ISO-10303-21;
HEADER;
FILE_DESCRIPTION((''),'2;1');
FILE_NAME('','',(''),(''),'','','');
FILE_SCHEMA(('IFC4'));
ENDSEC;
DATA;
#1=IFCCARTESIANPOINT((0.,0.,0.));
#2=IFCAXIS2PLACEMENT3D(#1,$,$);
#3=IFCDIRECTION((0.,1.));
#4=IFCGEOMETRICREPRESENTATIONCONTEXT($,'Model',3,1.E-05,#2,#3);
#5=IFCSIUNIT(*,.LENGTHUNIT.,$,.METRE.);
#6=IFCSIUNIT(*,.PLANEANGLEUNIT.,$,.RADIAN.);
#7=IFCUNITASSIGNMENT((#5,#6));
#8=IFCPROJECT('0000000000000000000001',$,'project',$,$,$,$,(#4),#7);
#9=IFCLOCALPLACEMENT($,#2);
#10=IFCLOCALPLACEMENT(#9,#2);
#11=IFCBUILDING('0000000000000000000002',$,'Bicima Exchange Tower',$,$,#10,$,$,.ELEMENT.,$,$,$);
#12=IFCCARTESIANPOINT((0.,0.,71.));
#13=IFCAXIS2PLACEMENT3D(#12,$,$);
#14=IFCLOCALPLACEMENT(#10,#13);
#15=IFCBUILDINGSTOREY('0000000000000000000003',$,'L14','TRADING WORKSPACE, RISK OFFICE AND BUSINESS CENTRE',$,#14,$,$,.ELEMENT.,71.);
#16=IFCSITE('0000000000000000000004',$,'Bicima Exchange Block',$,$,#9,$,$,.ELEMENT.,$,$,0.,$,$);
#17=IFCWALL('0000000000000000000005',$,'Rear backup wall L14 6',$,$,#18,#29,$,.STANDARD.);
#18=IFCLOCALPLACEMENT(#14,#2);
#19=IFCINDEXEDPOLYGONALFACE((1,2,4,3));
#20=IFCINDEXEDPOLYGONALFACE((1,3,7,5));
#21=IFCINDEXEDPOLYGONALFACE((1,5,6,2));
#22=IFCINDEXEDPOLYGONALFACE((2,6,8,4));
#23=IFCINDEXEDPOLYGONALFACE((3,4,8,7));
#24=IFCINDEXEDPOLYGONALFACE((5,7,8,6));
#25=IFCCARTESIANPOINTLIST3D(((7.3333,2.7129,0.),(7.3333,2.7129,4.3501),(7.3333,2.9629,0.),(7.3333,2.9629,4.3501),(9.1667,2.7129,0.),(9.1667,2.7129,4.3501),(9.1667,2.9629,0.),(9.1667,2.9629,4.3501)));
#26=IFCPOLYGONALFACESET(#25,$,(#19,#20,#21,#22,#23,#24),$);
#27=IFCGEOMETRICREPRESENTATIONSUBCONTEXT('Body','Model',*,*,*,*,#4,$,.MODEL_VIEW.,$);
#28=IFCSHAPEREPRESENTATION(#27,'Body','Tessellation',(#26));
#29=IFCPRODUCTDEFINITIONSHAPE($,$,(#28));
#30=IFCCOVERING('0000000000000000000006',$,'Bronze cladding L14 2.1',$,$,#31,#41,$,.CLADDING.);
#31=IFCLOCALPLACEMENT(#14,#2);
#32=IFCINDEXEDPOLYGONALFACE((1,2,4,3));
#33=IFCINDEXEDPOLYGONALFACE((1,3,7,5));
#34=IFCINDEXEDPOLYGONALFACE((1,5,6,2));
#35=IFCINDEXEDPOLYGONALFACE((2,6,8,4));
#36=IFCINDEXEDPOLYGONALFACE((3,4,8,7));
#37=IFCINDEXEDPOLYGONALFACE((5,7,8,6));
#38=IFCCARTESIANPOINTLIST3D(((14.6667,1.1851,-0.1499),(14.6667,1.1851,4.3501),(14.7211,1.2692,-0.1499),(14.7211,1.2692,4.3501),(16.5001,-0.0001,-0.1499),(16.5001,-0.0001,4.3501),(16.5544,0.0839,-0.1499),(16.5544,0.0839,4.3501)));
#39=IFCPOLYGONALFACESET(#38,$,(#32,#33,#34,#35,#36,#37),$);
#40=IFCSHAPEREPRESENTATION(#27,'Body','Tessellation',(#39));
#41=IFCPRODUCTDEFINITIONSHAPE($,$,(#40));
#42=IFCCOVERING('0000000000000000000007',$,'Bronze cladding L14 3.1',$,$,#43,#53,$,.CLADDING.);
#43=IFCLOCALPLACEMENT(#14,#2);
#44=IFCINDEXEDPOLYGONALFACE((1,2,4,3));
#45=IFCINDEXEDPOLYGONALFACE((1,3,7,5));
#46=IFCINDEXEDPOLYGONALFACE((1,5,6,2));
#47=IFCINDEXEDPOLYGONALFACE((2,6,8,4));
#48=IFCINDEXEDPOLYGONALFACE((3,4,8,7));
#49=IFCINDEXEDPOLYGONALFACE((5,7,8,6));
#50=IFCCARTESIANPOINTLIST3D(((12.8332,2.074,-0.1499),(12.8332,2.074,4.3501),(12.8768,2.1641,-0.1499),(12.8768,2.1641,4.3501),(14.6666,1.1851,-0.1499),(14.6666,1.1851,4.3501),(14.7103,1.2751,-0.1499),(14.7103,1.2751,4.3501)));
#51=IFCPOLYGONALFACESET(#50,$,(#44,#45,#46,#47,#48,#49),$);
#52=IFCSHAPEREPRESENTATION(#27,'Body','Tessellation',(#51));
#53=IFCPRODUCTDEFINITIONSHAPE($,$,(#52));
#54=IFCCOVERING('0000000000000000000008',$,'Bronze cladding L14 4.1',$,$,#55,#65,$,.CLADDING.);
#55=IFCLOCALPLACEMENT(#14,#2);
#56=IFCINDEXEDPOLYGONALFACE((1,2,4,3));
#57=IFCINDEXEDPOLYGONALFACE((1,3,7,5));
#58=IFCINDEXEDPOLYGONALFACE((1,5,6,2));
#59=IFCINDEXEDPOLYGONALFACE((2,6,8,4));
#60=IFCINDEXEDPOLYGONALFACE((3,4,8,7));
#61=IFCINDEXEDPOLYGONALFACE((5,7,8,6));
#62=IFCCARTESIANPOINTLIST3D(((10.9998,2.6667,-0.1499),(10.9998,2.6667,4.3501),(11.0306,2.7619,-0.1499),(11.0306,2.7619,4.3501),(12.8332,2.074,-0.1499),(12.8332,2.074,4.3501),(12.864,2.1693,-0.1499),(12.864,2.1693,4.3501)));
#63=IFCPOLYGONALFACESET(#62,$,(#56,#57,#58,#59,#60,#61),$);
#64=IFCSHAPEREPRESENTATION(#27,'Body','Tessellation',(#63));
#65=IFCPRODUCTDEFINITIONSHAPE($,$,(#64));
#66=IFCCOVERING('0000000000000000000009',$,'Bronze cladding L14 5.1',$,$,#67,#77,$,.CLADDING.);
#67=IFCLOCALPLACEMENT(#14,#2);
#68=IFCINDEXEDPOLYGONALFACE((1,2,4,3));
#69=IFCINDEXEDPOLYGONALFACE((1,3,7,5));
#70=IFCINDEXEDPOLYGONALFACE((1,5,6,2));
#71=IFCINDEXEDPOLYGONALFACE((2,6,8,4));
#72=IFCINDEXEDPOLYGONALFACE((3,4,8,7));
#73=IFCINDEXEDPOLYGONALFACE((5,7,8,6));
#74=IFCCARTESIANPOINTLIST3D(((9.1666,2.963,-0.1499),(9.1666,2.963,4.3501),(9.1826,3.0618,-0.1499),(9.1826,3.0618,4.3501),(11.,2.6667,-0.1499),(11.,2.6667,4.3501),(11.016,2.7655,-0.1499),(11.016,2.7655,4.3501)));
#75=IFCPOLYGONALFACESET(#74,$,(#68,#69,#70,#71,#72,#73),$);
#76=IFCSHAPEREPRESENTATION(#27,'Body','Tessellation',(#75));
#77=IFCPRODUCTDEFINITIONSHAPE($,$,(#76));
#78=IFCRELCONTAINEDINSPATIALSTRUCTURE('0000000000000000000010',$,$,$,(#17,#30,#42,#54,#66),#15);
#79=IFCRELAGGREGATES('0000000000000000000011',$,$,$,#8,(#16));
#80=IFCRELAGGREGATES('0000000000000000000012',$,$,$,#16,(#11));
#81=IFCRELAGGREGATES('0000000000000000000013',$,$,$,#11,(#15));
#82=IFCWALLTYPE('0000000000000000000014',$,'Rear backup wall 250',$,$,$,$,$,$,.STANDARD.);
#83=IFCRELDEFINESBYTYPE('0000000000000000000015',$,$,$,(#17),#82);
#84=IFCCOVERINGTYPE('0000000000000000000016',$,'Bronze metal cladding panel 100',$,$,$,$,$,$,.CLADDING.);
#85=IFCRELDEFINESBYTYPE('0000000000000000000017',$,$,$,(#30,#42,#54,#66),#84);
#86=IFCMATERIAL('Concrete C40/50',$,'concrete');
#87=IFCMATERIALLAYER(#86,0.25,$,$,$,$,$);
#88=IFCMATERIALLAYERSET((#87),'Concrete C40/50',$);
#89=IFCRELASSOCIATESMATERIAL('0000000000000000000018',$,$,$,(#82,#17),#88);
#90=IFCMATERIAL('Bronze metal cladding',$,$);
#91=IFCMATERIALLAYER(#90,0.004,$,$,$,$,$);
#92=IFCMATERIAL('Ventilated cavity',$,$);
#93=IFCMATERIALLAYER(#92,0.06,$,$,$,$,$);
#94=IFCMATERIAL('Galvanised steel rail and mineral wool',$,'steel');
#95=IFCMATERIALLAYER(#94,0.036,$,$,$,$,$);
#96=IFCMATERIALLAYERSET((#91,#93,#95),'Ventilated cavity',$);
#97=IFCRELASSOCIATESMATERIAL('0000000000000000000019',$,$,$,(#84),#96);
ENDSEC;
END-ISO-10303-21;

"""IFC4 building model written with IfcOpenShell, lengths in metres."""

from ifc_helpers import new_model, si_unit, direction, frame, frame_2d, origin, origin_2d, place, context, subcontext, project, spatial, rectangle, extrude, material, layer, layer_set, layer_usage, type_object, element, save


model = new_model("IFC4")

# Units and contexts
model_context = context("Model", 3, precision=1e-05, world=origin(), true_north=direction((0.0, 1.0)))
body_context = subcontext(model_context, "Body", "Model", "MODEL_VIEW")
ifc_project = project(units=[si_unit("LENGTHUNIT", "METRE"), si_unit("PLANEANGLEUNIT", "RADIAN")], contexts=[model_context])

# Site, building, storey
site_placement = place(None, origin())
site = spatial("IfcSite", under=ifc_project, at=site_placement, Name="Bicima Exchange Block", CompositionType="ELEMENT", RefElevation=0.0)
building_placement = place(site_placement, origin())
building = spatial("IfcBuilding", under=site, at=building_placement, Name="Bicima Exchange Tower", CompositionType="ELEMENT")
storey_placement = place(building_placement, frame((0.0, 0.0, 71.0)))
storey = spatial("IfcBuildingStorey", under=building, at=storey_placement, Name="L14", Description="TRADING WORKSPACE, RISK OFFICE AND BUSINESS CENTRE", CompositionType="ELEMENT", Elevation=71.0)

# Wall
ifc_material_1 = material(Name="Concrete C40/50", Category="concrete")
ifc_layer_1 = layer(ifc_material_1, 0.25)
ifc_layer_set_1 = layer_set([ifc_layer_1], Name="Concrete C40/50")
ifc_layer_usage = layer_usage(ifc_layer_set_1, "AXIS2", "POSITIVE", -0.125)
wall_type_1 = type_object("IfcWallType", Name="Rear backup wall 250", PredefinedType="STANDARD", material=ifc_layer_set_1)
wall_1_placement = place(storey_placement, frame((9.1667, 2.8379, 0.0), z_axis=(0.0, 0.0, 1.0), x_axis=(-1.0, 0.0, 0.0)))
element("IfcWall", 1, at=wall_1_placement, inside=storey, type_object=wall_type_1, material=ifc_layer_usage, Name="Rear backup wall L14 6", PredefinedType="STANDARD", context=body_context, shape_type="SweptSolid", body=[
    extrude(rectangle(XDim=1.8335, YDim=0.25, at=frame_2d((0.9167, 0.0))), origin(), (0.0, 0.0, 1.0), 4.3501),
])

# Coverings
ifc_material_2 = material(Name="Bronze metal cladding")
ifc_layer_2 = layer(ifc_material_2, 0.004)
ifc_material_3 = material(Name="Ventilated cavity")
ifc_layer_3 = layer(ifc_material_3, 0.06)
ifc_material_4 = material(Name="Galvanised steel rail and mineral wool", Category="steel")
ifc_layer_4 = layer(ifc_material_4, 0.036)
ifc_layer_set_2 = layer_set([ifc_layer_2, ifc_layer_3, ifc_layer_4], Name="Ventilated cavity")
covering_type = type_object("IfcCoveringType", Name="Bronze metal cladding panel 100", PredefinedType="CLADDING", material=ifc_layer_set_2)
covering_1_placement = place(storey_placement, frame((15.6106, 0.6345, -0.1499), z_axis=(0.0, 0.0, 1.0), x_axis=(-0.83979, 0.542911, 0.0)))
element("IfcCovering", 2, at=covering_1_placement, inside=storey, type_object=covering_type, Name="Bronze cladding L14 2.1", PredefinedType="CLADDING", context=body_context, shape_type="SweptSolid", body=[
    extrude(rectangle(XDim=2.1831, YDim=0.1001, at=origin_2d()), origin(), (0.0, 0.0, 1.0), 4.5),
])
covering_2_placement = place(storey_placement, frame((13.7717, 1.6746, -0.1499), z_axis=(0.0, 0.0, 1.0), x_axis=(-0.899818, 0.436265, 0.0)))
element("IfcCovering", 3, at=covering_2_placement, inside=storey, type_object=covering_type, Name="Bronze cladding L14 3.1", PredefinedType="CLADDING", context=body_context, shape_type="SweptSolid", body=[
    extrude(rectangle(XDim=2.0376, YDim=0.1001, at=origin_2d()), origin(), (0.0, 0.0, 1.0), 4.5),
])
covering_3_placement = place(storey_placement, frame((11.9319, 2.418, -0.1499), z_axis=(0.0, 0.0, 1.0), x_axis=(-0.951525, 0.307573, 0.0)))
element("IfcCovering", 4, at=covering_3_placement, inside=storey, type_object=covering_type, Name="Bronze cladding L14 4.1", PredefinedType="CLADDING", context=body_context, shape_type="SweptSolid", body=[
    extrude(rectangle(XDim=1.9268, YDim=0.1001, at=origin_2d()), origin(), (0.0, 0.0, 1.0), 4.5),
])
covering_4_placement = place(storey_placement, frame((10.0913, 2.8643, -0.1499), z_axis=(0.0, 0.0, 1.0), x_axis=(-0.98719, 0.15955, 0.0)))
element("IfcCovering", 5, at=covering_4_placement, inside=storey, type_object=covering_type, Name="Bronze cladding L14 5.1", PredefinedType="CLADDING", context=body_context, shape_type="SweptSolid", body=[
    extrude(rectangle(XDim=1.8572, YDim=0.1001, at=origin_2d()), origin(), (0.0, 0.0, 1.0), 4.5),
])

save(model, "model.ifc")
